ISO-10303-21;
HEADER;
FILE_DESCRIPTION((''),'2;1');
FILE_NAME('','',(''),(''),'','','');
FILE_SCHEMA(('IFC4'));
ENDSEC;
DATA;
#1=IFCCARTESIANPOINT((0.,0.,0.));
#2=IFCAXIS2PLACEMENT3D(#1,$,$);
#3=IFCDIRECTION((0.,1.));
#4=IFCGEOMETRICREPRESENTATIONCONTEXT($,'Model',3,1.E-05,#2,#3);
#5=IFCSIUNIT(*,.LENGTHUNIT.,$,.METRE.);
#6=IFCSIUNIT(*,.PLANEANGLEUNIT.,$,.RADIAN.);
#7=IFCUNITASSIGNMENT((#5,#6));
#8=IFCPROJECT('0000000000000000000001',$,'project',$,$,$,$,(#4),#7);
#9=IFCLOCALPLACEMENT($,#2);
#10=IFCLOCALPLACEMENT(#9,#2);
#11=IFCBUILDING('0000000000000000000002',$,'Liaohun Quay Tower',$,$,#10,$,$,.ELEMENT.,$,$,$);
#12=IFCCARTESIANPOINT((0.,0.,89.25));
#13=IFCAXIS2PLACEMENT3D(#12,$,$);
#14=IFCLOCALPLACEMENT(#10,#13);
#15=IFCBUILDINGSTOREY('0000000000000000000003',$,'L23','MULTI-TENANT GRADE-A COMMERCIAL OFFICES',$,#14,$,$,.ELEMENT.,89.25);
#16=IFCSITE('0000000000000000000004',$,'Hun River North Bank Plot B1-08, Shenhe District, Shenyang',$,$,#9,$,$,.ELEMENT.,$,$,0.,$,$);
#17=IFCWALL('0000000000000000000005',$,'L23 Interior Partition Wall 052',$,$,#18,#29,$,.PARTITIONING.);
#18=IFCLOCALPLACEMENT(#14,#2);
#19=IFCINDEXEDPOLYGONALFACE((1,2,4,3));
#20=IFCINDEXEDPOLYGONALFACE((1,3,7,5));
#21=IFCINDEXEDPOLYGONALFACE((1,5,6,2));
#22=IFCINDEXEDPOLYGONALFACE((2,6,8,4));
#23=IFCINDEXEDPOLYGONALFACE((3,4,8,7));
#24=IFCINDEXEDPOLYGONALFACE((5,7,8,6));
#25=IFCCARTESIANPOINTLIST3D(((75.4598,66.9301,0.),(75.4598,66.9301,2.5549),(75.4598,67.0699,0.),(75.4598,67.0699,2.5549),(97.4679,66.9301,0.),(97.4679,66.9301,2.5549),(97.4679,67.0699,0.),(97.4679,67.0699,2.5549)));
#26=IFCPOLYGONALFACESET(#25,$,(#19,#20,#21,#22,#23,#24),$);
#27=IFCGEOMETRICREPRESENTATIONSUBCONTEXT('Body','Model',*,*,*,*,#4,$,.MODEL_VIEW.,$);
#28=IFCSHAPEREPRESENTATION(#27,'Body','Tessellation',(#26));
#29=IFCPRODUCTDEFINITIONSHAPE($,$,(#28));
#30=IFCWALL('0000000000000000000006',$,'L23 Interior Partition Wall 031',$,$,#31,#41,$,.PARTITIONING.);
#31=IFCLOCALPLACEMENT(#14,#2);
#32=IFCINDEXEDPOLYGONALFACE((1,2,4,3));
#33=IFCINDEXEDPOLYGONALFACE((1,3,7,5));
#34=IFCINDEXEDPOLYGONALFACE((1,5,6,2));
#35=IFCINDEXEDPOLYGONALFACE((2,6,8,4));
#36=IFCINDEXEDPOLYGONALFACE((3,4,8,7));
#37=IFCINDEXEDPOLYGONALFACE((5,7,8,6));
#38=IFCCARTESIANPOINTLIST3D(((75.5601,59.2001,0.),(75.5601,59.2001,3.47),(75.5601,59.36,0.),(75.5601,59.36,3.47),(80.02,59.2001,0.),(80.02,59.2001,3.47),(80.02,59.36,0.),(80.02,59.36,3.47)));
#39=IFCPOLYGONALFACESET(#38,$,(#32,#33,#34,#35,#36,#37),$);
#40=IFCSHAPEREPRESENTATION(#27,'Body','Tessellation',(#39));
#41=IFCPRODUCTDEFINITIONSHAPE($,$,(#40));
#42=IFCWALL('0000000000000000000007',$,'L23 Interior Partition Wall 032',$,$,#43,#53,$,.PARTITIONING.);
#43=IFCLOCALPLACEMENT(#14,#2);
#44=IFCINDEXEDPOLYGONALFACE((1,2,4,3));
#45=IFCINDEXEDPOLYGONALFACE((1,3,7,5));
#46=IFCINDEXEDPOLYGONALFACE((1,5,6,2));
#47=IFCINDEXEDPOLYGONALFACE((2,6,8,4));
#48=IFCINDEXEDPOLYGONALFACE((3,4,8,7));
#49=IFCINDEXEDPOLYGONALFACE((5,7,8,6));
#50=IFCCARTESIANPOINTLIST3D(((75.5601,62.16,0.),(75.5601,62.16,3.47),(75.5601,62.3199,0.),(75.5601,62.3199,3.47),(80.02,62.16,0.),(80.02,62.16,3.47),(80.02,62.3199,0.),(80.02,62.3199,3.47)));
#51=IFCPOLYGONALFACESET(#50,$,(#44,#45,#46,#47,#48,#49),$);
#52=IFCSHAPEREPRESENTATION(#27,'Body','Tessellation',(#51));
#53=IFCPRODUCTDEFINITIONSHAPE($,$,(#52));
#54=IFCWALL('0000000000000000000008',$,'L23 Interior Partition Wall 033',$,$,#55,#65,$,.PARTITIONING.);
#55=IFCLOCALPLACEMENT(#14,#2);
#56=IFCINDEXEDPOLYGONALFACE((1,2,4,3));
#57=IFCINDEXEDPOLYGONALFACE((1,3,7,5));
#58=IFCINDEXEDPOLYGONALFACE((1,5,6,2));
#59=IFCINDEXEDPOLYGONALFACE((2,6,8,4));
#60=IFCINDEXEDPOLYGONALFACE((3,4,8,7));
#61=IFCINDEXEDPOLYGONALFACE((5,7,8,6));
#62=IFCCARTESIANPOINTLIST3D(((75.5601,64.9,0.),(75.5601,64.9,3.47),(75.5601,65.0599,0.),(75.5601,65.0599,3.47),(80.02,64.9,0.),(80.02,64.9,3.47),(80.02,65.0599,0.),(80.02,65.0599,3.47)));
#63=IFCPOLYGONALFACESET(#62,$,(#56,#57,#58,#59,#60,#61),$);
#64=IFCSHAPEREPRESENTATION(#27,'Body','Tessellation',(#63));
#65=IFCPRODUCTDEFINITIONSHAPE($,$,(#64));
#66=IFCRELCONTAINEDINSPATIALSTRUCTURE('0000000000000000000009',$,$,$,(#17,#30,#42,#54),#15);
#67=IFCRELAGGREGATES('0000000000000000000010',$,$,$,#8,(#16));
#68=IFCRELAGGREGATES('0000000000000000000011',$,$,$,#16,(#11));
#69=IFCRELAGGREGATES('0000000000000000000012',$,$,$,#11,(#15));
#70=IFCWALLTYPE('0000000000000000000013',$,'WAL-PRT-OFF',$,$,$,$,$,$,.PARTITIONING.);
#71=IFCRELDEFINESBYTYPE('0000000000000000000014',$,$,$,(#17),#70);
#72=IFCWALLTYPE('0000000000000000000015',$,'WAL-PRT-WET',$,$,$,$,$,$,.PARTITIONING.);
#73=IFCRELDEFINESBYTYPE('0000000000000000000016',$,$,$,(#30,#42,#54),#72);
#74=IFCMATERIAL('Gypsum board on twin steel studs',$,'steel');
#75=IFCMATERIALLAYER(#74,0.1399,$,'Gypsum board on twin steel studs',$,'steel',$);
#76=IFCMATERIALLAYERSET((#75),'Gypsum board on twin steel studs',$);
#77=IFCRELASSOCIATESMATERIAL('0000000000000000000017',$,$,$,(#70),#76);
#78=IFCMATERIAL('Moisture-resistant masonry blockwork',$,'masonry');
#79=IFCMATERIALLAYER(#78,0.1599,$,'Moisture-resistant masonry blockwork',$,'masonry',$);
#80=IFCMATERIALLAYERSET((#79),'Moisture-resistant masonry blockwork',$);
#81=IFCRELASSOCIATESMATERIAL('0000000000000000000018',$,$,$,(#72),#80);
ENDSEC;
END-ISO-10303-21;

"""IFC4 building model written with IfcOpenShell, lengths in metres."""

from ifc_helpers import new_model, si_unit, direction, frame, frame_2d, origin, place, context, subcontext, project, spatial, rectangle, extrude, material, layer, layer_set, type_object, element, save


model = new_model("IFC4")

# Units and contexts
model_context = context("Model", 3, precision=1e-05, world=origin(), true_north=direction((0.0, 1.0)))
body_context = subcontext(model_context, "Body", "Model", "MODEL_VIEW")
ifc_project = project(units=[si_unit("LENGTHUNIT", "METRE"), si_unit("PLANEANGLEUNIT", "RADIAN")], contexts=[model_context])

# Site, building, storey
site_placement = place(None, origin())
site = spatial("IfcSite", under=ifc_project, at=site_placement, Name="Hun River North Bank Plot B1-08, Shenhe District, Shenyang", CompositionType="ELEMENT", RefElevation=0.0)
building_placement = place(site_placement, origin())
building = spatial("IfcBuilding", under=site, at=building_placement, Name="Liaohun Quay Tower", CompositionType="ELEMENT")
storey_placement = place(building_placement, frame((0.0, 0.0, 89.25)))
storey = spatial("IfcBuildingStorey", under=building, at=storey_placement, Name="L23", Description="MULTI-TENANT GRADE-A COMMERCIAL OFFICES", CompositionType="ELEMENT", Elevation=89.25)

# Wall
ifc_material_1 = material(Name="Gypsum board on twin steel studs", Category="steel")
ifc_layer_1 = layer(ifc_material_1, 0.1399, Name="Gypsum board on twin steel studs", Category="steel")
ifc_layer_set_1 = layer_set([ifc_layer_1], Name="Gypsum board on twin steel studs")
wall_type_1 = type_object("IfcWallType", Name="WAL-PRT-OFF", PredefinedType="PARTITIONING", material=ifc_layer_set_1)
wall_1_placement = place(storey_placement, frame((75.46, 67.0, 0.0), z_axis=(0.0, 0.0, 1.0), x_axis=(1.0, 0.0, 0.0)))
element("IfcWall", 1, at=wall_1_placement, inside=storey, type_object=wall_type_1, Name="L23 Interior Partition Wall 052", PredefinedType="PARTITIONING", context=body_context, shape_type="SweptSolid", body=[
    extrude(rectangle(XDim=22.0081, YDim=0.1399, at=frame_2d((11.0039, 0.0))), origin(), (0.0, 0.0, 1.0), 2.5549),
])

# Shared definitions
ifc_material_2 = material(Name="Moisture-resistant masonry blockwork", Category="masonry")
ifc_layer_2 = layer(ifc_material_2, 0.1599, Name="Moisture-resistant masonry blockwork", Category="masonry")
ifc_layer_set_2 = layer_set([ifc_layer_2], Name="Moisture-resistant masonry blockwork")
wall_type_2 = type_object("IfcWallType", Name="WAL-PRT-WET", PredefinedType="PARTITIONING", material=ifc_layer_set_2)

# Walls
for number, where, z_axis, x_axis, name in (
    (2, (75.5601, 59.28, 0.0), (0.0, 0.0, 1.0), (1.0, 0.0, 0.0), "L23 Interior Partition Wall 031"),
    (3, (75.5601, 62.24, 0.0), (0.0, 0.0, 1.0), (1.0, 0.0, 0.0), "L23 Interior Partition Wall 032"),
    (4, (75.5601, 64.98, 0.0), (0.0, 0.0, 1.0), (1.0, 0.0, 0.0), "L23 Interior Partition Wall 033"),
):
    element("IfcWall", number, at=place(storey_placement, frame(where, z_axis=z_axis, x_axis=x_axis)), inside=storey, type_object=wall_type_2, Name=name, PredefinedType="PARTITIONING", context=body_context, shape_type="SweptSolid", body=[
        extrude(rectangle(XDim=4.46, YDim=0.1599, at=frame_2d((2.23, 0.0))), origin(), (0.0, 0.0, 1.0), 3.47),
    ])

save(model, "model.ifc")
